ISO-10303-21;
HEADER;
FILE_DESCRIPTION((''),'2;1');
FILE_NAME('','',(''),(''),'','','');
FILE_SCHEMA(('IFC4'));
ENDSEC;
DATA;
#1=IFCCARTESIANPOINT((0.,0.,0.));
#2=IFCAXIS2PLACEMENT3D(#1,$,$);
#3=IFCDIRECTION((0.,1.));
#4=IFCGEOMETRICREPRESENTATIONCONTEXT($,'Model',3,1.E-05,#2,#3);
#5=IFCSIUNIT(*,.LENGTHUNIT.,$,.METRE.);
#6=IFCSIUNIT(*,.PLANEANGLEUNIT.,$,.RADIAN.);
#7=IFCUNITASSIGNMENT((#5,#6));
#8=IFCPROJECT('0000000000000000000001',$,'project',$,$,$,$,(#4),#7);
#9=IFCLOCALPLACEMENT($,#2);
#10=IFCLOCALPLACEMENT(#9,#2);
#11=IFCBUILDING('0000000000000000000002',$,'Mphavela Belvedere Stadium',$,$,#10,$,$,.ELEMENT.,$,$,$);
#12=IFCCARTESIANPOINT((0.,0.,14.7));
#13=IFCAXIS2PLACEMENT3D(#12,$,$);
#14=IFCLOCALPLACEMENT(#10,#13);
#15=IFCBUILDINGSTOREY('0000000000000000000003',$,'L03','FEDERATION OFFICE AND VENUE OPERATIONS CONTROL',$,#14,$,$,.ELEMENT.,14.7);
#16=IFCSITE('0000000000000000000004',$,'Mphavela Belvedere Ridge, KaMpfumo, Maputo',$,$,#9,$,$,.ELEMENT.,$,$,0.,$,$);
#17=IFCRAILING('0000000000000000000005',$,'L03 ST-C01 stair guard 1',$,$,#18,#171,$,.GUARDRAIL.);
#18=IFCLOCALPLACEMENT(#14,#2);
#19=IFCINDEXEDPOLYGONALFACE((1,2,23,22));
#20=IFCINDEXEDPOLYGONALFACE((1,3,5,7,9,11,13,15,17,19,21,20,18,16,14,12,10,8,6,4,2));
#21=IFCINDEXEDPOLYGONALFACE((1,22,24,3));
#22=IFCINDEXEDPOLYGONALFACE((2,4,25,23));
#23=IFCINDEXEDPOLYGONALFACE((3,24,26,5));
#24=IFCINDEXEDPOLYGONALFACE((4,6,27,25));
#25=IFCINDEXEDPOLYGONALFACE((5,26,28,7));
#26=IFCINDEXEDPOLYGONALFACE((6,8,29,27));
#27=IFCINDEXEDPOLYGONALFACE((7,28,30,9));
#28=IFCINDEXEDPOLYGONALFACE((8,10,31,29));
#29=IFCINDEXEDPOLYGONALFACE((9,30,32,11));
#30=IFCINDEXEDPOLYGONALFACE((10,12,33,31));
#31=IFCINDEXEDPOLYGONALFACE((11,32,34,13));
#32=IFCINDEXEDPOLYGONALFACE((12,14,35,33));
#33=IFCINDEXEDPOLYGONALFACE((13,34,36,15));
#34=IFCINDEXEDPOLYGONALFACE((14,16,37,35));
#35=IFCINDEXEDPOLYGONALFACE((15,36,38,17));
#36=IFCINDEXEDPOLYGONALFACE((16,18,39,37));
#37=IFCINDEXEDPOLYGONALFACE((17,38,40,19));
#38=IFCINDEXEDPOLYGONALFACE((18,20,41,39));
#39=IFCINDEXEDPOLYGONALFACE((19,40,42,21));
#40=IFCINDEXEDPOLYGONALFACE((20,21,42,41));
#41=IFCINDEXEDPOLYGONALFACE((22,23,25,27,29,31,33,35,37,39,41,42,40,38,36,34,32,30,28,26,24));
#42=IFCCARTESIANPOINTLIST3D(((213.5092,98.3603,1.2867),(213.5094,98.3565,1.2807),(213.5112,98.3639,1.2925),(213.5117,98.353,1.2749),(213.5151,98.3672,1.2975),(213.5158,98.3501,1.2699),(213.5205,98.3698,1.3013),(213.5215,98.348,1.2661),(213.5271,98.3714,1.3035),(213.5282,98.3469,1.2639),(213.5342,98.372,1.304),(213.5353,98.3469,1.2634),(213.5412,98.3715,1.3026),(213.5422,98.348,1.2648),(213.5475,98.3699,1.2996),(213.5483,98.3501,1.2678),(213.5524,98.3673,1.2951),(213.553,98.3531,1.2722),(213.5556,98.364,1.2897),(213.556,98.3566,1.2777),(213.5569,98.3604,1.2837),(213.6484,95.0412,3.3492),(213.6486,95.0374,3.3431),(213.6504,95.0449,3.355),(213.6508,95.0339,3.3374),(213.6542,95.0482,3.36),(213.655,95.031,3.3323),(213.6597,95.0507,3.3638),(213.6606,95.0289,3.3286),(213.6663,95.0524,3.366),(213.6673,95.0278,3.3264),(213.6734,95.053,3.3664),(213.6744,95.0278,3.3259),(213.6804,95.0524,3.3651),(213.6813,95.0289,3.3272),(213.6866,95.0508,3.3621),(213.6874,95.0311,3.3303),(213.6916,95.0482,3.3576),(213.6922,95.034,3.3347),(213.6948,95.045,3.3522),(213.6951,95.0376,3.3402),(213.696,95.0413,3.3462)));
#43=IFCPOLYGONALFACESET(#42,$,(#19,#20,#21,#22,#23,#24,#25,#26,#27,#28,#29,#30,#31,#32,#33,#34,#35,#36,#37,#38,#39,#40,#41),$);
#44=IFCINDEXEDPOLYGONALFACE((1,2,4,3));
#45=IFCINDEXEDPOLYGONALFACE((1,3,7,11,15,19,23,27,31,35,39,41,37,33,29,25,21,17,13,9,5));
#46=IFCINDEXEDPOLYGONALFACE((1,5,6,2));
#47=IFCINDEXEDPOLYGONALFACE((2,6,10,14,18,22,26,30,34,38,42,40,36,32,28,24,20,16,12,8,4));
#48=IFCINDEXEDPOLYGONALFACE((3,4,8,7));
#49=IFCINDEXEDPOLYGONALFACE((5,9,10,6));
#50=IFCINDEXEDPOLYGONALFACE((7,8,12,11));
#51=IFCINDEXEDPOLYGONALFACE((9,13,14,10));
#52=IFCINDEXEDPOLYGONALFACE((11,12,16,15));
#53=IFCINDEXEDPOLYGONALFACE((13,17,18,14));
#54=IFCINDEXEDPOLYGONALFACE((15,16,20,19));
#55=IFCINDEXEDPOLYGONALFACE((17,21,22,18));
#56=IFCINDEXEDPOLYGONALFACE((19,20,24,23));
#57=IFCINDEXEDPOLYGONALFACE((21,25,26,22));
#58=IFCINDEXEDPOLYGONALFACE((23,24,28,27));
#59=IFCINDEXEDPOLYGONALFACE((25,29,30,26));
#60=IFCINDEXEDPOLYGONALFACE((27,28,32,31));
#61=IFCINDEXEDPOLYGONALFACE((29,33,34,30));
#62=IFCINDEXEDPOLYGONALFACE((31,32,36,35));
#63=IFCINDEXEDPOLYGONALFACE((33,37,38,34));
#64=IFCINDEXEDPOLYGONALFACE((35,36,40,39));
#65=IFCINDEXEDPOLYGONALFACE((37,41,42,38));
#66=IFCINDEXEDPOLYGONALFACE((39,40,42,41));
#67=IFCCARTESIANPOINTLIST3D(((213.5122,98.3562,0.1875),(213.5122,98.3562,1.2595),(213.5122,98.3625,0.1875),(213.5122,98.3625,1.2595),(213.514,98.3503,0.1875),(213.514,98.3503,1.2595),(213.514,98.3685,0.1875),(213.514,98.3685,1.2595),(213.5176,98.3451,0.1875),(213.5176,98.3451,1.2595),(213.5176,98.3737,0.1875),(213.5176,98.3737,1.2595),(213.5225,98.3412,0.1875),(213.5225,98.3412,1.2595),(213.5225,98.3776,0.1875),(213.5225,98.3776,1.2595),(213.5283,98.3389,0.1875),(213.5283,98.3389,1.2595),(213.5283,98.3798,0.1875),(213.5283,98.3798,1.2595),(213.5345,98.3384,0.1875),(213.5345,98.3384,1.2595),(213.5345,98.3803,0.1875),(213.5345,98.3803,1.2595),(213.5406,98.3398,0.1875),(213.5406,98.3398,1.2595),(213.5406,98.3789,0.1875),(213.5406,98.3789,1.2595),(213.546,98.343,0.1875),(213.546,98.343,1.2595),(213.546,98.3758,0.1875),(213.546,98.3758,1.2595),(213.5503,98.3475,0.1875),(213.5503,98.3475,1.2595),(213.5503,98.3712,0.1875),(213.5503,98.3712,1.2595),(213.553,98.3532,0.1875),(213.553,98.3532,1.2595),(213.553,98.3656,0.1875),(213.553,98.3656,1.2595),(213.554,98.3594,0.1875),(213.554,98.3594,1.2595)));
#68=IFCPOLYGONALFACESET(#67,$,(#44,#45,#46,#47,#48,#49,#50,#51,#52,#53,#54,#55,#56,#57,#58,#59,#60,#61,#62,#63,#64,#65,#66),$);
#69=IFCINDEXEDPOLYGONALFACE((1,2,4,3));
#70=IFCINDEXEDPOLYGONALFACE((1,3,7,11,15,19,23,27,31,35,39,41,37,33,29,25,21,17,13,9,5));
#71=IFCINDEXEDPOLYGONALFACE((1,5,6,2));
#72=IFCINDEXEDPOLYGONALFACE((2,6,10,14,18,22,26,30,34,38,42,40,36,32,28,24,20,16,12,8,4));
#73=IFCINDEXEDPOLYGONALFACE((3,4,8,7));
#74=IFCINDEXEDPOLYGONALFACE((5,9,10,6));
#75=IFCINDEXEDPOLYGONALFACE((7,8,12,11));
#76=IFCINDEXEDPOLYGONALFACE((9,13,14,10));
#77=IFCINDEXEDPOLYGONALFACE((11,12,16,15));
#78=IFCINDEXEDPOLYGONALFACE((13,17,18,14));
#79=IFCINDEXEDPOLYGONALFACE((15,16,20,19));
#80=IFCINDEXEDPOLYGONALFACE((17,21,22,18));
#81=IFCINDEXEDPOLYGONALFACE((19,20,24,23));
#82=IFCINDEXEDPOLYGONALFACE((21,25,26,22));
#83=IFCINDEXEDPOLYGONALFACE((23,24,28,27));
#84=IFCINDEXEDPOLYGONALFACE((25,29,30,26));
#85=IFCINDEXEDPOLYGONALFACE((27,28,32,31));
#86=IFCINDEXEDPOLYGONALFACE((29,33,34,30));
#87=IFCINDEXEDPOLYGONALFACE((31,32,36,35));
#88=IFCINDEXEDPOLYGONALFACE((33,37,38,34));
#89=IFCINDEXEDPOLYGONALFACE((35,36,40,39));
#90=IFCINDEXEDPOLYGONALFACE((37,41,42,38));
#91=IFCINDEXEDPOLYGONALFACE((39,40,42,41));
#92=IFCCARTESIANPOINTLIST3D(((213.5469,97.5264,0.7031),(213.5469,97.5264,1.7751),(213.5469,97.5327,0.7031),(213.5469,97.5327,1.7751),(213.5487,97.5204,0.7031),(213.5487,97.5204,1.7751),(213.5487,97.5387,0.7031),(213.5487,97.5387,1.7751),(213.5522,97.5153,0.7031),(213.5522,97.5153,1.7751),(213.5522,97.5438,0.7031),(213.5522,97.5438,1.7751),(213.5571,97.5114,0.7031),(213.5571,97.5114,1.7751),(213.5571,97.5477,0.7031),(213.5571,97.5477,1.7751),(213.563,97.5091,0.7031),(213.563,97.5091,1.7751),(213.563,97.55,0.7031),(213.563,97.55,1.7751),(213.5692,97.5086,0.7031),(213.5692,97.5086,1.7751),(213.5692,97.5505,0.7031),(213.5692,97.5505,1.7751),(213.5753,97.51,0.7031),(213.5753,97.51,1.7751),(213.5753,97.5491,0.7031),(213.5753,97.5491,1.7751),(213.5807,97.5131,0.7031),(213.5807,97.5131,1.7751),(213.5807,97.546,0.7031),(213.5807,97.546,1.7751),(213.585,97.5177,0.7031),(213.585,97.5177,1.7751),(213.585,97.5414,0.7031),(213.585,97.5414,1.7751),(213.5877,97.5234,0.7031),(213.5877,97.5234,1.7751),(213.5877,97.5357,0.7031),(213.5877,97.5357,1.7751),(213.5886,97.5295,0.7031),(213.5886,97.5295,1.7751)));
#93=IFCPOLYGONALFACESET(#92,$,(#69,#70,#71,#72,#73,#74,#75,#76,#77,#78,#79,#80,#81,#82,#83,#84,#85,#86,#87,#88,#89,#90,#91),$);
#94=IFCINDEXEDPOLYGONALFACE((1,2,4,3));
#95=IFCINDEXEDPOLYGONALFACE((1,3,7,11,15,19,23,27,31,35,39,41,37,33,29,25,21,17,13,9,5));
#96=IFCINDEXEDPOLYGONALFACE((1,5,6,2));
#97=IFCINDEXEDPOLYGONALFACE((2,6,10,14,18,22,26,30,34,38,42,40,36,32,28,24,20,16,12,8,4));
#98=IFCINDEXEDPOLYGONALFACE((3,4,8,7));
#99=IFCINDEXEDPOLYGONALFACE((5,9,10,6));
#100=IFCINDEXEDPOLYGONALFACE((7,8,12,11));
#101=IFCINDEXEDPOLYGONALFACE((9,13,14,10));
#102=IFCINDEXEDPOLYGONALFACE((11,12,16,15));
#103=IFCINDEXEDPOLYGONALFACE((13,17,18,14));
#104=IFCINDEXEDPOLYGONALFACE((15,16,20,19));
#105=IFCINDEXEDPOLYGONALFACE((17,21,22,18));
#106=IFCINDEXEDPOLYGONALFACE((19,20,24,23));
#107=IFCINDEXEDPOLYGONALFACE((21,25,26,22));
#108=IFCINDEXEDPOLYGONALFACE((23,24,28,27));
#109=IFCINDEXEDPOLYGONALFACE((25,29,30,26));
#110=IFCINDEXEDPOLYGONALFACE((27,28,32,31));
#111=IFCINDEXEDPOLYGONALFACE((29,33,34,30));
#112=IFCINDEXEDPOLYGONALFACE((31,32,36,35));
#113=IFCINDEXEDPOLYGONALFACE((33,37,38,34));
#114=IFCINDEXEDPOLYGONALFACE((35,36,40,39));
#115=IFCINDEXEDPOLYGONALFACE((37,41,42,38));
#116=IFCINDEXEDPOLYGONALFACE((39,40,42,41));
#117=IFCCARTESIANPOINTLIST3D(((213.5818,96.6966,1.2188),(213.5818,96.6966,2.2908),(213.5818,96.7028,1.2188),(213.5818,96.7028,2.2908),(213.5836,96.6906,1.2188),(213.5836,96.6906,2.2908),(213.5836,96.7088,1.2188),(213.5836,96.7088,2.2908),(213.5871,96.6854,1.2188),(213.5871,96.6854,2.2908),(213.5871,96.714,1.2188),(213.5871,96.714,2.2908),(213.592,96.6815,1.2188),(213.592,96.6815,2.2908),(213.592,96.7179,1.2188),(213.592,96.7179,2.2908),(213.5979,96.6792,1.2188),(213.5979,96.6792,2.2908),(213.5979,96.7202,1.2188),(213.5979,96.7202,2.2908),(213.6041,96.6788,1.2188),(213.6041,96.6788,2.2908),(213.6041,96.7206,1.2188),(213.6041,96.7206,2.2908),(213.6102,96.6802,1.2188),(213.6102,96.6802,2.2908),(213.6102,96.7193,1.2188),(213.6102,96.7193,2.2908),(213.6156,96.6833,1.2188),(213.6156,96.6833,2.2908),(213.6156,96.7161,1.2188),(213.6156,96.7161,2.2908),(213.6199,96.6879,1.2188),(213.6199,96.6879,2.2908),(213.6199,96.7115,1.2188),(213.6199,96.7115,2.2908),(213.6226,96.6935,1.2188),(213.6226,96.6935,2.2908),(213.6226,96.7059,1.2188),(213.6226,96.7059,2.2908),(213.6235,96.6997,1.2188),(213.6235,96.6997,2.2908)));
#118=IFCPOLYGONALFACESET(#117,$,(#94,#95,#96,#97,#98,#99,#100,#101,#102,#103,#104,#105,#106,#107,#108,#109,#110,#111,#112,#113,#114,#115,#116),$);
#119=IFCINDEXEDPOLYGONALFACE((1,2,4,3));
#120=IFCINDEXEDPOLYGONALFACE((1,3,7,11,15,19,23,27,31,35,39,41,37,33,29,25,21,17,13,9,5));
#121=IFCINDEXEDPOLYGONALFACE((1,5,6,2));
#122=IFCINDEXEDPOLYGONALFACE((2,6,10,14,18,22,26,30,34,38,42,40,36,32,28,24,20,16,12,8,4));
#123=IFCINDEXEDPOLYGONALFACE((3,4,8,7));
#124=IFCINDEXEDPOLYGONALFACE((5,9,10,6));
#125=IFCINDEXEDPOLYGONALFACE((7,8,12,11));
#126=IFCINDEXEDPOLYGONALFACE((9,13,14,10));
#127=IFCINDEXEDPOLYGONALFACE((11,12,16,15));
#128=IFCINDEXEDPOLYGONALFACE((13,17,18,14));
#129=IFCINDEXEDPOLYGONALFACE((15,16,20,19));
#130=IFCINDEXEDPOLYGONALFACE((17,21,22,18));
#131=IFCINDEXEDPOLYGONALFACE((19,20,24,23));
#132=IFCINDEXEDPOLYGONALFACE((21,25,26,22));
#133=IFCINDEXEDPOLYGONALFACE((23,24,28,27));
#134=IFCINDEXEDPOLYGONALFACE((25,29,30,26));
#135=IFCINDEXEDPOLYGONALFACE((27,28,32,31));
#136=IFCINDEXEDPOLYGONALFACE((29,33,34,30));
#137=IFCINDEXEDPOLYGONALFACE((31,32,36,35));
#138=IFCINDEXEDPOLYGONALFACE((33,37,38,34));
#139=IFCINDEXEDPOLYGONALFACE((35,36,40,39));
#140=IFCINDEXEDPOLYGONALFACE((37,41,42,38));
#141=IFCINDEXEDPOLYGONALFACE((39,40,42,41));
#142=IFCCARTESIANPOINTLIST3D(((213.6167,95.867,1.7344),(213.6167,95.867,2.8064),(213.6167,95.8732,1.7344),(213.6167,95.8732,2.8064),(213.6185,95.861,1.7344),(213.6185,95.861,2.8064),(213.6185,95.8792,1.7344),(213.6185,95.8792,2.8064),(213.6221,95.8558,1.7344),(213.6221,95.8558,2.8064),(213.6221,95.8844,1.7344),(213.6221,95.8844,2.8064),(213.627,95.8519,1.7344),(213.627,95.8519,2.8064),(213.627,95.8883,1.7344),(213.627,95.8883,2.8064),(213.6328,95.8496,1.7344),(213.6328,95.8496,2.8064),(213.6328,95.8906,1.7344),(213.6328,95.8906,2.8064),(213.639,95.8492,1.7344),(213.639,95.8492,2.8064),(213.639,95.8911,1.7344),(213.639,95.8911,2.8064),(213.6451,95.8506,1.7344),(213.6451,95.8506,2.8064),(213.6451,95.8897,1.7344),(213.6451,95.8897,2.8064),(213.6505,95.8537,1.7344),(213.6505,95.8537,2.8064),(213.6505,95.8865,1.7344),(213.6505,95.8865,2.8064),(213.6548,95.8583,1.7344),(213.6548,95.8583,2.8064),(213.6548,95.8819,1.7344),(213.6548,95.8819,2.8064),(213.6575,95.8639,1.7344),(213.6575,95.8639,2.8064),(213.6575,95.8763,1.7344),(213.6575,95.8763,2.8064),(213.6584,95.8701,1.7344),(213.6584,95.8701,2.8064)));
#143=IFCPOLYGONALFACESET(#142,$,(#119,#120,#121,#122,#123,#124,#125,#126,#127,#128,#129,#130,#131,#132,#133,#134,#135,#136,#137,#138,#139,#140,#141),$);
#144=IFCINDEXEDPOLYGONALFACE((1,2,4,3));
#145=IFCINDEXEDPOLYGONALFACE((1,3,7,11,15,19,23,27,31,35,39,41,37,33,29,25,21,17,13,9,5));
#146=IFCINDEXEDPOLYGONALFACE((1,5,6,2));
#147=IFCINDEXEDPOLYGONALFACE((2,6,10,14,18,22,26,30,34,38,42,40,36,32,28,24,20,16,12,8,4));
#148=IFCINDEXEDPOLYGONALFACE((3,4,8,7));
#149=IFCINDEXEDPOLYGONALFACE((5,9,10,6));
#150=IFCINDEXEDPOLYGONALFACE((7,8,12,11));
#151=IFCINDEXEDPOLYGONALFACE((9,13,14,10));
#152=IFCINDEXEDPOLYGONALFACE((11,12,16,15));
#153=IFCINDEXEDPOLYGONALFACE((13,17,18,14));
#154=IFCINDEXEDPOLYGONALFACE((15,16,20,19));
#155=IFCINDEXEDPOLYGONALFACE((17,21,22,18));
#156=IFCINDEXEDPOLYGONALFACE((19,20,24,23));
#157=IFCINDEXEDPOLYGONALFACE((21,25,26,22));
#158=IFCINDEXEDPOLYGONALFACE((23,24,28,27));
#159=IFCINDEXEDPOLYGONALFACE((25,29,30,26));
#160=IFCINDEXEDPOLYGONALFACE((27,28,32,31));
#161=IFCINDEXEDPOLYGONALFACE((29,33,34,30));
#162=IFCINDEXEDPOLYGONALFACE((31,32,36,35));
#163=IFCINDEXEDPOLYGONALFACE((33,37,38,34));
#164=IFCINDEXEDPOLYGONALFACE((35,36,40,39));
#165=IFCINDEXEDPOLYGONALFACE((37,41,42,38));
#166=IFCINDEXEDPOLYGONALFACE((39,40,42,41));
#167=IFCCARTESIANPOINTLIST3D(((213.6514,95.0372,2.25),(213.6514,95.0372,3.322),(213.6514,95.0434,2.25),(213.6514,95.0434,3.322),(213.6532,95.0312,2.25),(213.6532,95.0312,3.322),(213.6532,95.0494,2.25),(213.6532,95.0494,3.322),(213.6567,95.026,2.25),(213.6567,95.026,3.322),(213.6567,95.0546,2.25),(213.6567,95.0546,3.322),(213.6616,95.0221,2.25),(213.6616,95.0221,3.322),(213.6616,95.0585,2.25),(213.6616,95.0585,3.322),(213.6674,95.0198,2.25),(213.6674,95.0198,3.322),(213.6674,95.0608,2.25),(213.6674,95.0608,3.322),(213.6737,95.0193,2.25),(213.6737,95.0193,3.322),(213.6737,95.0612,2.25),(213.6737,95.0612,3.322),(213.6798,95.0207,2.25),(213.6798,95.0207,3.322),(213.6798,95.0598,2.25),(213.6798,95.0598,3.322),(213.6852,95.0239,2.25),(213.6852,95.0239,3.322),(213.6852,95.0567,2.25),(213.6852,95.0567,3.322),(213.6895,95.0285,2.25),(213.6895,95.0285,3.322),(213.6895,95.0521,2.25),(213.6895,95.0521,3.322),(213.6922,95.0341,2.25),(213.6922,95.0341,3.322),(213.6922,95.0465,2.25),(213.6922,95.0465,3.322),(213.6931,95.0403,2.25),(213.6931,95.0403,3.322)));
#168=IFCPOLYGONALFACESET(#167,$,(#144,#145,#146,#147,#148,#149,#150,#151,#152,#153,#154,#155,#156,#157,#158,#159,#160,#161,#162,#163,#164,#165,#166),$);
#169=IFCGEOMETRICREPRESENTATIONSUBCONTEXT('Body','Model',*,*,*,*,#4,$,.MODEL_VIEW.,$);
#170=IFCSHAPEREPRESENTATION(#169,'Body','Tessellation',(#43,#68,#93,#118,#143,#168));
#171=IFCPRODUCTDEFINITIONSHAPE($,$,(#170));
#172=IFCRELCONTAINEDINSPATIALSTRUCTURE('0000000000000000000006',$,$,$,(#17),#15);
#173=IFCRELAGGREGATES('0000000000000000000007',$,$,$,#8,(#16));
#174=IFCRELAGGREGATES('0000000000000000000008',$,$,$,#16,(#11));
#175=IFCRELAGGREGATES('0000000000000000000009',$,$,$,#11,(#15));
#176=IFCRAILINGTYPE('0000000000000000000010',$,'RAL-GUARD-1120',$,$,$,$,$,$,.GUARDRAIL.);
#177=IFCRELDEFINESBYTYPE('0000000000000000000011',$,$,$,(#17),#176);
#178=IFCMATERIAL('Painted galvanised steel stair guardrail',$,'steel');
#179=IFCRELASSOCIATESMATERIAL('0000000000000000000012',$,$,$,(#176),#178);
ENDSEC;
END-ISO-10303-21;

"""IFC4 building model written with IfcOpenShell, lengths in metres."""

from ifc_helpers import new_model, si_unit, direction, frame, origin, origin_2d, place, context, subcontext, project, spatial, circle, extrude, material, type_object, element, save


model = new_model("IFC4")

# Units and contexts
model_context = context("Model", 3, precision=1e-05, world=origin(), true_north=direction((0.0, 1.0)))
body_context = subcontext(model_context, "Body", "Model", "MODEL_VIEW")
ifc_project = project(units=[si_unit("LENGTHUNIT", "METRE"), si_unit("PLANEANGLEUNIT", "RADIAN")], contexts=[model_context])

# Site, building, storey
site_placement = place(None, origin())
site = spatial("IfcSite", under=ifc_project, at=site_placement, Name="Mphavela Belvedere Ridge, KaMpfumo, Maputo", CompositionType="ELEMENT", RefElevation=0.0)
building_placement = place(site_placement, origin())
building = spatial("IfcBuilding", under=site, at=building_placement, Name="Mphavela Belvedere Stadium", CompositionType="ELEMENT")
storey_placement = place(building_placement, frame((0.0, 0.0, 14.7)))
storey = spatial("IfcBuildingStorey", under=building, at=storey_placement, Name="L03", Description="FEDERATION OFFICE AND VENUE OPERATIONS CONTROL", CompositionType="ELEMENT", Elevation=14.7)

# Railing
ifc_material_1 = material(Name="Painted galvanised steel stair guardrail", Category="steel")
railing_type_1 = type_object("IfcRailingType", Name="RAL-GUARD-1120", PredefinedType="GUARDRAIL", material=ifc_material_1)
railing_1_placement = place(storey_placement, frame((213.533, 98.3594, 0.1875)))
element("IfcRailing", 1, at=railing_1_placement, inside=storey, type_object=railing_type_1, Name="L03 ST-C01 stair guard 1", PredefinedType="GUARDRAIL", context=body_context, shape_type="SweptSolid", body=[
    extrude(circle(Radius=0.0239, at=origin_2d()), frame((0.0, 0.0, 1.0962), z_axis=(0.035589, -0.84883, 0.527467), x_axis=(0.999122, 0.04189, 0.0)), (0.0, 0.0, 1.0), 3.9102),
    extrude(circle(Radius=0.021, at=origin_2d()), origin(), (0.0, 0.0, 1.0), 1.072),
    extrude(circle(Radius=0.021, at=origin_2d()), frame((0.0347, -0.8298, 0.5156)), (0.0, 0.0, 1.0), 1.072),
    extrude(circle(Radius=0.021, at=origin_2d()), frame((0.0696, -1.6597, 1.0312)), (0.0, 0.0, 1.0), 1.072),
    extrude(circle(Radius=0.021, at=origin_2d()), frame((0.1045, -2.4893, 1.5469)), (0.0, 0.0, 1.0), 1.072),
    extrude(circle(Radius=0.021, at=origin_2d()), frame((0.1392, -3.3191, 2.0625)), (0.0, 0.0, 1.0), 1.072),
])

save(model, "model.ifc")
